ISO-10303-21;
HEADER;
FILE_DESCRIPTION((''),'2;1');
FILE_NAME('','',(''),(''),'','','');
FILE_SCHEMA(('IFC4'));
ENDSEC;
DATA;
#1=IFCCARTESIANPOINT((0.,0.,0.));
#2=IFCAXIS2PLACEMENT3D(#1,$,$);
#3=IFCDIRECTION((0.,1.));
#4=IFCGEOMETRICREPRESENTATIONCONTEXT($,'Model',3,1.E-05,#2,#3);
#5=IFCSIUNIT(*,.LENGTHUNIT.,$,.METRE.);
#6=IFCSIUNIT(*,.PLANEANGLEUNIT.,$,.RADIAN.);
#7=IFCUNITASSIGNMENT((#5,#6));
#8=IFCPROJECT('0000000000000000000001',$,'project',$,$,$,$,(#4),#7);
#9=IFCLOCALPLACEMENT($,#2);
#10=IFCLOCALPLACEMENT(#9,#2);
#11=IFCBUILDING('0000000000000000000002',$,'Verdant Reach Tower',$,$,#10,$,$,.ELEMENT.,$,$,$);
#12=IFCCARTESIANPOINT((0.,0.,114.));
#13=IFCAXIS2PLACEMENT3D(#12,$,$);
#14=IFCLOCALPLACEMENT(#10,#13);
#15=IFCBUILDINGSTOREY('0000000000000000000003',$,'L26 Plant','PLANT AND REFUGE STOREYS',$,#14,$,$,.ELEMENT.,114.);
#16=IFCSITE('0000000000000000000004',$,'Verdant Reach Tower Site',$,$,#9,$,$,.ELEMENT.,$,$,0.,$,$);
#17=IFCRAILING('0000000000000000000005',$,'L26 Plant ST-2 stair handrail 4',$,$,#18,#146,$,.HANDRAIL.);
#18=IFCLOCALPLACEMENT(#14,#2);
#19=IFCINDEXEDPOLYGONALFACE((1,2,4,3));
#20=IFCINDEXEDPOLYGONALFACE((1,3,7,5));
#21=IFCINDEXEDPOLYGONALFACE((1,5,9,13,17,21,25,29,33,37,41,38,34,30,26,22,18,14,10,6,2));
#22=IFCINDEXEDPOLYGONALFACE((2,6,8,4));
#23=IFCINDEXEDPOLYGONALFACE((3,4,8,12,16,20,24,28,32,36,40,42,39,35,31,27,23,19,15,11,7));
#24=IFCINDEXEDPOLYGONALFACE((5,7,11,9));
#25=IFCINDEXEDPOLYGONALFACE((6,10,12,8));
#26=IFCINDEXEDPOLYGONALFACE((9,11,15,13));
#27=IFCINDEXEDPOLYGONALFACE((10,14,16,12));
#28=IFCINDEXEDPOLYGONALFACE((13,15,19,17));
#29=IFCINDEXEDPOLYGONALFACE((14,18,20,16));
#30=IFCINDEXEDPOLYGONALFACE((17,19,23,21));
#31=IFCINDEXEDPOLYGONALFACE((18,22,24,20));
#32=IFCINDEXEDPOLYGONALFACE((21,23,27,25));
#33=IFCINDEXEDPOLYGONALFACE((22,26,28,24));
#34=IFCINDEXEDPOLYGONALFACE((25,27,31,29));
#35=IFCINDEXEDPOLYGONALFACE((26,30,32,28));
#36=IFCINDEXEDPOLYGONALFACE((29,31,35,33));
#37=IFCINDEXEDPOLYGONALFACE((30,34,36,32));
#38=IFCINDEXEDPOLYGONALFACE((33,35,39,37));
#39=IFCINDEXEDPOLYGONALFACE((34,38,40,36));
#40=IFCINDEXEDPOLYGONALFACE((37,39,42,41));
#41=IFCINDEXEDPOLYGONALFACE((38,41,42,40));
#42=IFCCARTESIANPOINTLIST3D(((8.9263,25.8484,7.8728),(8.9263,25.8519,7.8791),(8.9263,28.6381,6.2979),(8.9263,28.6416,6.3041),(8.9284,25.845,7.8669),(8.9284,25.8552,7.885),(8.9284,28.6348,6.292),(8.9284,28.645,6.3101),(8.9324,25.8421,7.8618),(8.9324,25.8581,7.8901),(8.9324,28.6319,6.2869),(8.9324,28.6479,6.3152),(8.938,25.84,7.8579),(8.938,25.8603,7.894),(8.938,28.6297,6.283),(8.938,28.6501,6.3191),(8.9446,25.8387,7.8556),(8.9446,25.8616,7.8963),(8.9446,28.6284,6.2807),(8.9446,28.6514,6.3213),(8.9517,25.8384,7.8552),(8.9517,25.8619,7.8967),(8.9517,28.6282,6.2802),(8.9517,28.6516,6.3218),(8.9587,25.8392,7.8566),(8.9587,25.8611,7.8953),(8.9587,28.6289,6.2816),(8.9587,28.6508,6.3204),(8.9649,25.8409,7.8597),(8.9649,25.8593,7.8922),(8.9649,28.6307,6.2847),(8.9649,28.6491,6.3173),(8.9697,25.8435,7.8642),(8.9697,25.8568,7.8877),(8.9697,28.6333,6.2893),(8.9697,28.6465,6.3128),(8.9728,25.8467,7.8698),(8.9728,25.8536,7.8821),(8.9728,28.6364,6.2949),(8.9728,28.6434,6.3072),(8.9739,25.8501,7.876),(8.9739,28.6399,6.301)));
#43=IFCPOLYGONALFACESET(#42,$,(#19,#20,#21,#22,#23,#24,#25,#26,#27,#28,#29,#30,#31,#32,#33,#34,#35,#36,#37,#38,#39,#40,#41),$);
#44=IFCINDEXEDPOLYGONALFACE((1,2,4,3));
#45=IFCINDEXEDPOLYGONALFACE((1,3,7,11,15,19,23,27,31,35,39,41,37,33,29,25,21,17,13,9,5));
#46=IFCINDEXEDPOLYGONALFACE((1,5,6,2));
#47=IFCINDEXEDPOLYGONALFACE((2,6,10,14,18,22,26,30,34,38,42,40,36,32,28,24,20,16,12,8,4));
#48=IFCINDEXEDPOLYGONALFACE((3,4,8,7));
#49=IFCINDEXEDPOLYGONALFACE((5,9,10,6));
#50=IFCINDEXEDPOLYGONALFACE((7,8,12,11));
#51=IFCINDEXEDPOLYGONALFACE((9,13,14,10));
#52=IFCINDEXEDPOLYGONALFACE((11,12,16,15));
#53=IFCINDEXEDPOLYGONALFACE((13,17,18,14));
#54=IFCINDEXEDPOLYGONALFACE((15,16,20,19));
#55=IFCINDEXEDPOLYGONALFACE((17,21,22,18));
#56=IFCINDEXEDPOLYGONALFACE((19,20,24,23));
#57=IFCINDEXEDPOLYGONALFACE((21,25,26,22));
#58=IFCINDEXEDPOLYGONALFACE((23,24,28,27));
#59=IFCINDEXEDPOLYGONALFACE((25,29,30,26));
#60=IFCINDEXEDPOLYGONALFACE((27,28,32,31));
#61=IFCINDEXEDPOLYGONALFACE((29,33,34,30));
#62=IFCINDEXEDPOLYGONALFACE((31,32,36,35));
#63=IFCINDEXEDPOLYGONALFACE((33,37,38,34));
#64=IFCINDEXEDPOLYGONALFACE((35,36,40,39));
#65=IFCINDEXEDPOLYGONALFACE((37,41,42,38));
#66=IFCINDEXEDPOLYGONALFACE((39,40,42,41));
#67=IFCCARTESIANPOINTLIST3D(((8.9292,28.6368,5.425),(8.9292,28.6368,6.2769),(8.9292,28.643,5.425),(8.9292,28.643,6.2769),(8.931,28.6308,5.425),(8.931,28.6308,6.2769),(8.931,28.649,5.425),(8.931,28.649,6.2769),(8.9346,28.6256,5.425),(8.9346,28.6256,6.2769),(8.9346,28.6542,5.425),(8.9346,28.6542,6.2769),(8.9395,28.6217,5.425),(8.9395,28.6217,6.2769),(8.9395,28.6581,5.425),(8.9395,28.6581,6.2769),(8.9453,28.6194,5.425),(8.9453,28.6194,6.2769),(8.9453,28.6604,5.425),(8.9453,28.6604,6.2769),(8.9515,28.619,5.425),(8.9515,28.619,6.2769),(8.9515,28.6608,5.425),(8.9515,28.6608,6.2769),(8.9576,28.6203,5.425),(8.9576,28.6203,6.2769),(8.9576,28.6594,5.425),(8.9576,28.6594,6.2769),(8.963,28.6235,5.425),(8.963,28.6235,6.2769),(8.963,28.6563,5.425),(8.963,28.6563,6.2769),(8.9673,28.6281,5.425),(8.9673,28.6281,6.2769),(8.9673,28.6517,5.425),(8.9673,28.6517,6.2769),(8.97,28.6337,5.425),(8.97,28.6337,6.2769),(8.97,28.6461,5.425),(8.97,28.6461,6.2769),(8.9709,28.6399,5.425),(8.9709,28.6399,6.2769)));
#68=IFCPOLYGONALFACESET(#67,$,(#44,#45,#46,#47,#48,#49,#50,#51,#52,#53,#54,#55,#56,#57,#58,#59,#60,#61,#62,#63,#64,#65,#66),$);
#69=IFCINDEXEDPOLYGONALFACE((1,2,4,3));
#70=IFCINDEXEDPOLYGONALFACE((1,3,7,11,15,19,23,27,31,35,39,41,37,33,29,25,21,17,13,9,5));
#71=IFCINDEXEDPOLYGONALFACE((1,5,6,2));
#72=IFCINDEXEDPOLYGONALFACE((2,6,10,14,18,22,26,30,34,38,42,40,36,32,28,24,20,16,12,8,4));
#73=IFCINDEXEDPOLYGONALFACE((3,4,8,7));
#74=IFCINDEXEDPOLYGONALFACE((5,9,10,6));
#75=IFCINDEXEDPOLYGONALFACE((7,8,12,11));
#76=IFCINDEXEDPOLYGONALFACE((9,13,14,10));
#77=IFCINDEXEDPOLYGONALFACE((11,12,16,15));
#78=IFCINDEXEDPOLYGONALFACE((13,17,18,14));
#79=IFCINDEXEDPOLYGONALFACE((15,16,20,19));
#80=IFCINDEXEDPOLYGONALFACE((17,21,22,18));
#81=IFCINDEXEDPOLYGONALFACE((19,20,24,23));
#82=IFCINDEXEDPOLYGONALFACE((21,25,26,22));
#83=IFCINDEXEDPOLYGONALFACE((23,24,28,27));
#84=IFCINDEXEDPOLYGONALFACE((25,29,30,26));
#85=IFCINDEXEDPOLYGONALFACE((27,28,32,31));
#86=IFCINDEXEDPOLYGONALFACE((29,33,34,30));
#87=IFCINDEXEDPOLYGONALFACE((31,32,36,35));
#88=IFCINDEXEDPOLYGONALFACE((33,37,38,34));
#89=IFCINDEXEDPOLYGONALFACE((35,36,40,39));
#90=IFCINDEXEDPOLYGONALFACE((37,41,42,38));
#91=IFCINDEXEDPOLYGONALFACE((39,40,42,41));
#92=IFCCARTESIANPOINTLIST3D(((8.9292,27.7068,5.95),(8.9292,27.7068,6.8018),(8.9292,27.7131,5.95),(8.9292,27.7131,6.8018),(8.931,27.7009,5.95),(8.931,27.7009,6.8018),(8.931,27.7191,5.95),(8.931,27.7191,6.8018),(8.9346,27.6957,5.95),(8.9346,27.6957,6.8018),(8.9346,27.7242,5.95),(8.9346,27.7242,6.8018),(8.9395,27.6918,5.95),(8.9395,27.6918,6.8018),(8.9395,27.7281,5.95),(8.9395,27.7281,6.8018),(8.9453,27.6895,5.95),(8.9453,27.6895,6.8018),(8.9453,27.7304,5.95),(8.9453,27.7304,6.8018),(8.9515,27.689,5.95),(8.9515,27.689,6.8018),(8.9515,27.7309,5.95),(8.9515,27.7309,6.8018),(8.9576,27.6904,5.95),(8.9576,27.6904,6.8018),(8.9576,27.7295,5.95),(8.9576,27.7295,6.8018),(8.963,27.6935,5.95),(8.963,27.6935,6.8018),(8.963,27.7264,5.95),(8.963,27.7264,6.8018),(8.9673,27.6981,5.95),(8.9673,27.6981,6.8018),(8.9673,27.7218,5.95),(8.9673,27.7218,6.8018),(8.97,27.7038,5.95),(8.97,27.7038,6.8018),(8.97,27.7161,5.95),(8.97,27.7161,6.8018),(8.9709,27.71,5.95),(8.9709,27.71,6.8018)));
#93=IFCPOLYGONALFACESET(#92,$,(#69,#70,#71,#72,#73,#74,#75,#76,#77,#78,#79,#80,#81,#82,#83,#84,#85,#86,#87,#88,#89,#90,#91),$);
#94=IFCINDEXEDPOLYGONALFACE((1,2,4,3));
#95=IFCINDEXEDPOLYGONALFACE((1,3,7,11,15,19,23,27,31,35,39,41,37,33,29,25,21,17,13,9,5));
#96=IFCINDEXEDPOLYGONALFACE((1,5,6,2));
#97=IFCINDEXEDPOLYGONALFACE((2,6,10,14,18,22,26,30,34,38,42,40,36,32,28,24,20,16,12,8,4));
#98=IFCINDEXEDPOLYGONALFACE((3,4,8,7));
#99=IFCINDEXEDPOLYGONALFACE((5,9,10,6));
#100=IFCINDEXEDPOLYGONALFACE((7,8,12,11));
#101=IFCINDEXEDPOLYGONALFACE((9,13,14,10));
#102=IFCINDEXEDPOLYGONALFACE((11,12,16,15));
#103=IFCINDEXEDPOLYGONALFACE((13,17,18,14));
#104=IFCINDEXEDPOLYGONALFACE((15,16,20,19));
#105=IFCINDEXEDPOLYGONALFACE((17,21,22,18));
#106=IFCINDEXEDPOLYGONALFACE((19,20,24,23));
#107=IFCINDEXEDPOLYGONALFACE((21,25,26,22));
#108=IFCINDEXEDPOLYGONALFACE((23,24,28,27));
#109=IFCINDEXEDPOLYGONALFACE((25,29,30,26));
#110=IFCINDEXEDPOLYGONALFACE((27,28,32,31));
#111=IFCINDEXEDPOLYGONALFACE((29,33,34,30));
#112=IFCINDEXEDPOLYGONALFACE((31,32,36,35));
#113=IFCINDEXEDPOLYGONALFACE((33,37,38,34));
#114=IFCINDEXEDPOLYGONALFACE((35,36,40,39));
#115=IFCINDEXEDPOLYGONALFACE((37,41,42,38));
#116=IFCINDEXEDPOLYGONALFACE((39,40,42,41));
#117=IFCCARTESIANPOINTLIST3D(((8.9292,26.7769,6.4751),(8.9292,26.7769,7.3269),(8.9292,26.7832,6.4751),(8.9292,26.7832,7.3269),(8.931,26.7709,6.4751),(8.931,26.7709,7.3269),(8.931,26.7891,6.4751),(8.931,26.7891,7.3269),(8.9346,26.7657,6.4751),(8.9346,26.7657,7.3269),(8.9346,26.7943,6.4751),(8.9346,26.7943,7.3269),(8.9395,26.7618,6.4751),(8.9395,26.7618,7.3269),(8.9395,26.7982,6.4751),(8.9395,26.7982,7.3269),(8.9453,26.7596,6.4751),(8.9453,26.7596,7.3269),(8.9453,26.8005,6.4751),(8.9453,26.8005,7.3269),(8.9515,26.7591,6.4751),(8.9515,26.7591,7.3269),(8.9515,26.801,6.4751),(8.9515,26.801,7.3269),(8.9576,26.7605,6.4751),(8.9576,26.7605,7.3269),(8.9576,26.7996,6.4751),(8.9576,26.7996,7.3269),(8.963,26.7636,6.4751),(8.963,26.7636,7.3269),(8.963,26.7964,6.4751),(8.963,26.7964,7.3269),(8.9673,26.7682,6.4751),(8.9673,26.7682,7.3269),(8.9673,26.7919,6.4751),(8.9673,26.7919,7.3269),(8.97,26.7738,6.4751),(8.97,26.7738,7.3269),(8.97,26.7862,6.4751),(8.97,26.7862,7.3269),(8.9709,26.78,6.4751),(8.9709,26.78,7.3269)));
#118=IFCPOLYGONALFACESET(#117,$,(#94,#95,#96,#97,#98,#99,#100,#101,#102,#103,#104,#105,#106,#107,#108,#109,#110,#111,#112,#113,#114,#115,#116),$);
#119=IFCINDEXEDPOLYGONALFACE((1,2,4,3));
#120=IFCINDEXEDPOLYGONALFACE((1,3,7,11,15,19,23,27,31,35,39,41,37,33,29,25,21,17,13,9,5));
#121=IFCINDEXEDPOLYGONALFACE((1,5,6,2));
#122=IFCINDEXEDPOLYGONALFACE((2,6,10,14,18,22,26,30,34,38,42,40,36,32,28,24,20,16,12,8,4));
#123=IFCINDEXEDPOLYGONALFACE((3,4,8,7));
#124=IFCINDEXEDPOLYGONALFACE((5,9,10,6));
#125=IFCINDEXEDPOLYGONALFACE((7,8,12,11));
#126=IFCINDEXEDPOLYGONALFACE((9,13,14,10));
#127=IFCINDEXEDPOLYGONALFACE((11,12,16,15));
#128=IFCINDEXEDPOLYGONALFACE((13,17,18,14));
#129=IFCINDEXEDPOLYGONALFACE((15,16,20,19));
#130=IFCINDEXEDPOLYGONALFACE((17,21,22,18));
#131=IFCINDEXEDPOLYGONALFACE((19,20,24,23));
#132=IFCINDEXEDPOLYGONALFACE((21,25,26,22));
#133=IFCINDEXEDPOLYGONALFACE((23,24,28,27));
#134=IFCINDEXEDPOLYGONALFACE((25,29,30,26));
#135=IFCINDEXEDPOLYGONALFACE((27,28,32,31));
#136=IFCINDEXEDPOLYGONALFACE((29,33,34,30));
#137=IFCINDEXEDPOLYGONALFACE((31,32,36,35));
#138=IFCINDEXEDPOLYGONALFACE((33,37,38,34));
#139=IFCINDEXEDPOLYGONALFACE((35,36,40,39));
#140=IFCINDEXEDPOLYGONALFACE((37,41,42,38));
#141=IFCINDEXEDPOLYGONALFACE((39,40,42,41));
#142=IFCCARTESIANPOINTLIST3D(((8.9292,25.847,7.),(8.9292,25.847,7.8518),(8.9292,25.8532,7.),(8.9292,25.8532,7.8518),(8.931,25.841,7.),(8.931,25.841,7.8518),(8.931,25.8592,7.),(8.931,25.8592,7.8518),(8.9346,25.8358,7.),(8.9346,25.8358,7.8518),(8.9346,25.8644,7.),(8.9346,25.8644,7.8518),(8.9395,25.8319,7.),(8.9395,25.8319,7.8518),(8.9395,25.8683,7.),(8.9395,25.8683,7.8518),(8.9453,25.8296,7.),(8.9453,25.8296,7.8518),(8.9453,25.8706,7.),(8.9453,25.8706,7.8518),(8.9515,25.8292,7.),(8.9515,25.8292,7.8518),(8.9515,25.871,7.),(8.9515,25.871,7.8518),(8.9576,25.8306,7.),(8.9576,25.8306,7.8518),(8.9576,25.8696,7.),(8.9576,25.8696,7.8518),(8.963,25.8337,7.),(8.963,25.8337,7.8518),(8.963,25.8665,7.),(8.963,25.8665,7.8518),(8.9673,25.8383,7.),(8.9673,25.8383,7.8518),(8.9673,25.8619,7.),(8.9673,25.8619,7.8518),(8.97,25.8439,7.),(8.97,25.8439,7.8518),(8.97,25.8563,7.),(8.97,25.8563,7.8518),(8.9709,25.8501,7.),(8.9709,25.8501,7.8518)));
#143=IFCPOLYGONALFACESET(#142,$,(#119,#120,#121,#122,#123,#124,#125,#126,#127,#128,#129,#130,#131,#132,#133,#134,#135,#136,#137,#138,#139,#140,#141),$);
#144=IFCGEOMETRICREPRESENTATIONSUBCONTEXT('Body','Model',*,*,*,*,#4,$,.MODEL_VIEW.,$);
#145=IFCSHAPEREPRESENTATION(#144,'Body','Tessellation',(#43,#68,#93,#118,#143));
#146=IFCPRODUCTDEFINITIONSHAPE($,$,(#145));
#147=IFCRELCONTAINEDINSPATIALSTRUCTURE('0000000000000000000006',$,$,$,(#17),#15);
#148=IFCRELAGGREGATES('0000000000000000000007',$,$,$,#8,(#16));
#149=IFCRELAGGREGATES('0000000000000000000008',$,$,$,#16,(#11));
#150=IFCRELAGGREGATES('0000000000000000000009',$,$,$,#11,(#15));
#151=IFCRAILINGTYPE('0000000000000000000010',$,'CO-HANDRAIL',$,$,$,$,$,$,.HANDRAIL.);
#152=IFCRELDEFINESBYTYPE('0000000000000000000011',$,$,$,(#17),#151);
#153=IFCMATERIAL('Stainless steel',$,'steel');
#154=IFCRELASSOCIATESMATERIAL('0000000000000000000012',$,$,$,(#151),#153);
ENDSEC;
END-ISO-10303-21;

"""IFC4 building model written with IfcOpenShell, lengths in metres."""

from ifc_helpers import new_model, si_unit, direction, frame, origin, origin_2d, place, context, subcontext, project, spatial, circle, extrude, material, type_object, element, save


model = new_model("IFC4")

# Units and contexts
model_context = context("Model", 3, precision=1e-05, world=origin(), true_north=direction((0.0, 1.0)))
body_context = subcontext(model_context, "Body", "Model", "MODEL_VIEW")
ifc_project = project(units=[si_unit("LENGTHUNIT", "METRE"), si_unit("PLANEANGLEUNIT", "RADIAN")], contexts=[model_context])

# Site, building, storey
site_placement = place(None, origin())
site = spatial("IfcSite", under=ifc_project, at=site_placement, Name="Verdant Reach Tower Site", CompositionType="ELEMENT", RefElevation=0.0)
building_placement = place(site_placement, origin())
building = spatial("IfcBuilding", under=site, at=building_placement, Name="Verdant Reach Tower", CompositionType="ELEMENT")
storey_placement = place(building_placement, frame((0.0, 0.0, 114.0)))
storey = spatial("IfcBuildingStorey", under=building, at=storey_placement, Name="L26 Plant", Description="PLANT AND REFUGE STOREYS", CompositionType="ELEMENT", Elevation=114.0)

# Railing
ifc_material_1 = material(Name="Stainless steel", Category="steel")
railing_type_1 = type_object("IfcRailingType", Name="CO-HANDRAIL", PredefinedType="HANDRAIL", material=ifc_material_1)
for number, where, name in (
    (1, (8.95, 28.6399, 5.425), "L26 Plant ST-2 stair handrail 4"),
):
    element("IfcRailing", number, at=place(storey_placement, frame(where)), inside=storey, type_object=railing_type_1, Name=name, PredefinedType="HANDRAIL", context=body_context, shape_type="SweptSolid", body=[
        extrude(circle(Radius=0.0239, at=origin_2d()), frame((0.0, 0.0, 0.876), z_axis=(0.0, -0.870815, 0.49161), x_axis=(1.0, 0.0, 0.0)), (0.0, 0.0, 1.0), 3.2036),
        extrude(circle(Radius=0.021, at=origin_2d()), origin(), (0.0, 0.0, 1.0), 0.8518),
        extrude(circle(Radius=0.021, at=origin_2d()), frame((0.0, -0.9299, 0.5249)), (0.0, 0.0, 1.0), 0.8518),
        extrude(circle(Radius=0.021, at=origin_2d()), frame((0.0, -1.8599, 1.05)), (0.0, 0.0, 1.0), 0.8518),
        extrude(circle(Radius=0.021, at=origin_2d()), frame((0.0, -2.7898, 1.575)), (0.0, 0.0, 1.0), 0.8518),
    ])

save(model, "model.ifc")
